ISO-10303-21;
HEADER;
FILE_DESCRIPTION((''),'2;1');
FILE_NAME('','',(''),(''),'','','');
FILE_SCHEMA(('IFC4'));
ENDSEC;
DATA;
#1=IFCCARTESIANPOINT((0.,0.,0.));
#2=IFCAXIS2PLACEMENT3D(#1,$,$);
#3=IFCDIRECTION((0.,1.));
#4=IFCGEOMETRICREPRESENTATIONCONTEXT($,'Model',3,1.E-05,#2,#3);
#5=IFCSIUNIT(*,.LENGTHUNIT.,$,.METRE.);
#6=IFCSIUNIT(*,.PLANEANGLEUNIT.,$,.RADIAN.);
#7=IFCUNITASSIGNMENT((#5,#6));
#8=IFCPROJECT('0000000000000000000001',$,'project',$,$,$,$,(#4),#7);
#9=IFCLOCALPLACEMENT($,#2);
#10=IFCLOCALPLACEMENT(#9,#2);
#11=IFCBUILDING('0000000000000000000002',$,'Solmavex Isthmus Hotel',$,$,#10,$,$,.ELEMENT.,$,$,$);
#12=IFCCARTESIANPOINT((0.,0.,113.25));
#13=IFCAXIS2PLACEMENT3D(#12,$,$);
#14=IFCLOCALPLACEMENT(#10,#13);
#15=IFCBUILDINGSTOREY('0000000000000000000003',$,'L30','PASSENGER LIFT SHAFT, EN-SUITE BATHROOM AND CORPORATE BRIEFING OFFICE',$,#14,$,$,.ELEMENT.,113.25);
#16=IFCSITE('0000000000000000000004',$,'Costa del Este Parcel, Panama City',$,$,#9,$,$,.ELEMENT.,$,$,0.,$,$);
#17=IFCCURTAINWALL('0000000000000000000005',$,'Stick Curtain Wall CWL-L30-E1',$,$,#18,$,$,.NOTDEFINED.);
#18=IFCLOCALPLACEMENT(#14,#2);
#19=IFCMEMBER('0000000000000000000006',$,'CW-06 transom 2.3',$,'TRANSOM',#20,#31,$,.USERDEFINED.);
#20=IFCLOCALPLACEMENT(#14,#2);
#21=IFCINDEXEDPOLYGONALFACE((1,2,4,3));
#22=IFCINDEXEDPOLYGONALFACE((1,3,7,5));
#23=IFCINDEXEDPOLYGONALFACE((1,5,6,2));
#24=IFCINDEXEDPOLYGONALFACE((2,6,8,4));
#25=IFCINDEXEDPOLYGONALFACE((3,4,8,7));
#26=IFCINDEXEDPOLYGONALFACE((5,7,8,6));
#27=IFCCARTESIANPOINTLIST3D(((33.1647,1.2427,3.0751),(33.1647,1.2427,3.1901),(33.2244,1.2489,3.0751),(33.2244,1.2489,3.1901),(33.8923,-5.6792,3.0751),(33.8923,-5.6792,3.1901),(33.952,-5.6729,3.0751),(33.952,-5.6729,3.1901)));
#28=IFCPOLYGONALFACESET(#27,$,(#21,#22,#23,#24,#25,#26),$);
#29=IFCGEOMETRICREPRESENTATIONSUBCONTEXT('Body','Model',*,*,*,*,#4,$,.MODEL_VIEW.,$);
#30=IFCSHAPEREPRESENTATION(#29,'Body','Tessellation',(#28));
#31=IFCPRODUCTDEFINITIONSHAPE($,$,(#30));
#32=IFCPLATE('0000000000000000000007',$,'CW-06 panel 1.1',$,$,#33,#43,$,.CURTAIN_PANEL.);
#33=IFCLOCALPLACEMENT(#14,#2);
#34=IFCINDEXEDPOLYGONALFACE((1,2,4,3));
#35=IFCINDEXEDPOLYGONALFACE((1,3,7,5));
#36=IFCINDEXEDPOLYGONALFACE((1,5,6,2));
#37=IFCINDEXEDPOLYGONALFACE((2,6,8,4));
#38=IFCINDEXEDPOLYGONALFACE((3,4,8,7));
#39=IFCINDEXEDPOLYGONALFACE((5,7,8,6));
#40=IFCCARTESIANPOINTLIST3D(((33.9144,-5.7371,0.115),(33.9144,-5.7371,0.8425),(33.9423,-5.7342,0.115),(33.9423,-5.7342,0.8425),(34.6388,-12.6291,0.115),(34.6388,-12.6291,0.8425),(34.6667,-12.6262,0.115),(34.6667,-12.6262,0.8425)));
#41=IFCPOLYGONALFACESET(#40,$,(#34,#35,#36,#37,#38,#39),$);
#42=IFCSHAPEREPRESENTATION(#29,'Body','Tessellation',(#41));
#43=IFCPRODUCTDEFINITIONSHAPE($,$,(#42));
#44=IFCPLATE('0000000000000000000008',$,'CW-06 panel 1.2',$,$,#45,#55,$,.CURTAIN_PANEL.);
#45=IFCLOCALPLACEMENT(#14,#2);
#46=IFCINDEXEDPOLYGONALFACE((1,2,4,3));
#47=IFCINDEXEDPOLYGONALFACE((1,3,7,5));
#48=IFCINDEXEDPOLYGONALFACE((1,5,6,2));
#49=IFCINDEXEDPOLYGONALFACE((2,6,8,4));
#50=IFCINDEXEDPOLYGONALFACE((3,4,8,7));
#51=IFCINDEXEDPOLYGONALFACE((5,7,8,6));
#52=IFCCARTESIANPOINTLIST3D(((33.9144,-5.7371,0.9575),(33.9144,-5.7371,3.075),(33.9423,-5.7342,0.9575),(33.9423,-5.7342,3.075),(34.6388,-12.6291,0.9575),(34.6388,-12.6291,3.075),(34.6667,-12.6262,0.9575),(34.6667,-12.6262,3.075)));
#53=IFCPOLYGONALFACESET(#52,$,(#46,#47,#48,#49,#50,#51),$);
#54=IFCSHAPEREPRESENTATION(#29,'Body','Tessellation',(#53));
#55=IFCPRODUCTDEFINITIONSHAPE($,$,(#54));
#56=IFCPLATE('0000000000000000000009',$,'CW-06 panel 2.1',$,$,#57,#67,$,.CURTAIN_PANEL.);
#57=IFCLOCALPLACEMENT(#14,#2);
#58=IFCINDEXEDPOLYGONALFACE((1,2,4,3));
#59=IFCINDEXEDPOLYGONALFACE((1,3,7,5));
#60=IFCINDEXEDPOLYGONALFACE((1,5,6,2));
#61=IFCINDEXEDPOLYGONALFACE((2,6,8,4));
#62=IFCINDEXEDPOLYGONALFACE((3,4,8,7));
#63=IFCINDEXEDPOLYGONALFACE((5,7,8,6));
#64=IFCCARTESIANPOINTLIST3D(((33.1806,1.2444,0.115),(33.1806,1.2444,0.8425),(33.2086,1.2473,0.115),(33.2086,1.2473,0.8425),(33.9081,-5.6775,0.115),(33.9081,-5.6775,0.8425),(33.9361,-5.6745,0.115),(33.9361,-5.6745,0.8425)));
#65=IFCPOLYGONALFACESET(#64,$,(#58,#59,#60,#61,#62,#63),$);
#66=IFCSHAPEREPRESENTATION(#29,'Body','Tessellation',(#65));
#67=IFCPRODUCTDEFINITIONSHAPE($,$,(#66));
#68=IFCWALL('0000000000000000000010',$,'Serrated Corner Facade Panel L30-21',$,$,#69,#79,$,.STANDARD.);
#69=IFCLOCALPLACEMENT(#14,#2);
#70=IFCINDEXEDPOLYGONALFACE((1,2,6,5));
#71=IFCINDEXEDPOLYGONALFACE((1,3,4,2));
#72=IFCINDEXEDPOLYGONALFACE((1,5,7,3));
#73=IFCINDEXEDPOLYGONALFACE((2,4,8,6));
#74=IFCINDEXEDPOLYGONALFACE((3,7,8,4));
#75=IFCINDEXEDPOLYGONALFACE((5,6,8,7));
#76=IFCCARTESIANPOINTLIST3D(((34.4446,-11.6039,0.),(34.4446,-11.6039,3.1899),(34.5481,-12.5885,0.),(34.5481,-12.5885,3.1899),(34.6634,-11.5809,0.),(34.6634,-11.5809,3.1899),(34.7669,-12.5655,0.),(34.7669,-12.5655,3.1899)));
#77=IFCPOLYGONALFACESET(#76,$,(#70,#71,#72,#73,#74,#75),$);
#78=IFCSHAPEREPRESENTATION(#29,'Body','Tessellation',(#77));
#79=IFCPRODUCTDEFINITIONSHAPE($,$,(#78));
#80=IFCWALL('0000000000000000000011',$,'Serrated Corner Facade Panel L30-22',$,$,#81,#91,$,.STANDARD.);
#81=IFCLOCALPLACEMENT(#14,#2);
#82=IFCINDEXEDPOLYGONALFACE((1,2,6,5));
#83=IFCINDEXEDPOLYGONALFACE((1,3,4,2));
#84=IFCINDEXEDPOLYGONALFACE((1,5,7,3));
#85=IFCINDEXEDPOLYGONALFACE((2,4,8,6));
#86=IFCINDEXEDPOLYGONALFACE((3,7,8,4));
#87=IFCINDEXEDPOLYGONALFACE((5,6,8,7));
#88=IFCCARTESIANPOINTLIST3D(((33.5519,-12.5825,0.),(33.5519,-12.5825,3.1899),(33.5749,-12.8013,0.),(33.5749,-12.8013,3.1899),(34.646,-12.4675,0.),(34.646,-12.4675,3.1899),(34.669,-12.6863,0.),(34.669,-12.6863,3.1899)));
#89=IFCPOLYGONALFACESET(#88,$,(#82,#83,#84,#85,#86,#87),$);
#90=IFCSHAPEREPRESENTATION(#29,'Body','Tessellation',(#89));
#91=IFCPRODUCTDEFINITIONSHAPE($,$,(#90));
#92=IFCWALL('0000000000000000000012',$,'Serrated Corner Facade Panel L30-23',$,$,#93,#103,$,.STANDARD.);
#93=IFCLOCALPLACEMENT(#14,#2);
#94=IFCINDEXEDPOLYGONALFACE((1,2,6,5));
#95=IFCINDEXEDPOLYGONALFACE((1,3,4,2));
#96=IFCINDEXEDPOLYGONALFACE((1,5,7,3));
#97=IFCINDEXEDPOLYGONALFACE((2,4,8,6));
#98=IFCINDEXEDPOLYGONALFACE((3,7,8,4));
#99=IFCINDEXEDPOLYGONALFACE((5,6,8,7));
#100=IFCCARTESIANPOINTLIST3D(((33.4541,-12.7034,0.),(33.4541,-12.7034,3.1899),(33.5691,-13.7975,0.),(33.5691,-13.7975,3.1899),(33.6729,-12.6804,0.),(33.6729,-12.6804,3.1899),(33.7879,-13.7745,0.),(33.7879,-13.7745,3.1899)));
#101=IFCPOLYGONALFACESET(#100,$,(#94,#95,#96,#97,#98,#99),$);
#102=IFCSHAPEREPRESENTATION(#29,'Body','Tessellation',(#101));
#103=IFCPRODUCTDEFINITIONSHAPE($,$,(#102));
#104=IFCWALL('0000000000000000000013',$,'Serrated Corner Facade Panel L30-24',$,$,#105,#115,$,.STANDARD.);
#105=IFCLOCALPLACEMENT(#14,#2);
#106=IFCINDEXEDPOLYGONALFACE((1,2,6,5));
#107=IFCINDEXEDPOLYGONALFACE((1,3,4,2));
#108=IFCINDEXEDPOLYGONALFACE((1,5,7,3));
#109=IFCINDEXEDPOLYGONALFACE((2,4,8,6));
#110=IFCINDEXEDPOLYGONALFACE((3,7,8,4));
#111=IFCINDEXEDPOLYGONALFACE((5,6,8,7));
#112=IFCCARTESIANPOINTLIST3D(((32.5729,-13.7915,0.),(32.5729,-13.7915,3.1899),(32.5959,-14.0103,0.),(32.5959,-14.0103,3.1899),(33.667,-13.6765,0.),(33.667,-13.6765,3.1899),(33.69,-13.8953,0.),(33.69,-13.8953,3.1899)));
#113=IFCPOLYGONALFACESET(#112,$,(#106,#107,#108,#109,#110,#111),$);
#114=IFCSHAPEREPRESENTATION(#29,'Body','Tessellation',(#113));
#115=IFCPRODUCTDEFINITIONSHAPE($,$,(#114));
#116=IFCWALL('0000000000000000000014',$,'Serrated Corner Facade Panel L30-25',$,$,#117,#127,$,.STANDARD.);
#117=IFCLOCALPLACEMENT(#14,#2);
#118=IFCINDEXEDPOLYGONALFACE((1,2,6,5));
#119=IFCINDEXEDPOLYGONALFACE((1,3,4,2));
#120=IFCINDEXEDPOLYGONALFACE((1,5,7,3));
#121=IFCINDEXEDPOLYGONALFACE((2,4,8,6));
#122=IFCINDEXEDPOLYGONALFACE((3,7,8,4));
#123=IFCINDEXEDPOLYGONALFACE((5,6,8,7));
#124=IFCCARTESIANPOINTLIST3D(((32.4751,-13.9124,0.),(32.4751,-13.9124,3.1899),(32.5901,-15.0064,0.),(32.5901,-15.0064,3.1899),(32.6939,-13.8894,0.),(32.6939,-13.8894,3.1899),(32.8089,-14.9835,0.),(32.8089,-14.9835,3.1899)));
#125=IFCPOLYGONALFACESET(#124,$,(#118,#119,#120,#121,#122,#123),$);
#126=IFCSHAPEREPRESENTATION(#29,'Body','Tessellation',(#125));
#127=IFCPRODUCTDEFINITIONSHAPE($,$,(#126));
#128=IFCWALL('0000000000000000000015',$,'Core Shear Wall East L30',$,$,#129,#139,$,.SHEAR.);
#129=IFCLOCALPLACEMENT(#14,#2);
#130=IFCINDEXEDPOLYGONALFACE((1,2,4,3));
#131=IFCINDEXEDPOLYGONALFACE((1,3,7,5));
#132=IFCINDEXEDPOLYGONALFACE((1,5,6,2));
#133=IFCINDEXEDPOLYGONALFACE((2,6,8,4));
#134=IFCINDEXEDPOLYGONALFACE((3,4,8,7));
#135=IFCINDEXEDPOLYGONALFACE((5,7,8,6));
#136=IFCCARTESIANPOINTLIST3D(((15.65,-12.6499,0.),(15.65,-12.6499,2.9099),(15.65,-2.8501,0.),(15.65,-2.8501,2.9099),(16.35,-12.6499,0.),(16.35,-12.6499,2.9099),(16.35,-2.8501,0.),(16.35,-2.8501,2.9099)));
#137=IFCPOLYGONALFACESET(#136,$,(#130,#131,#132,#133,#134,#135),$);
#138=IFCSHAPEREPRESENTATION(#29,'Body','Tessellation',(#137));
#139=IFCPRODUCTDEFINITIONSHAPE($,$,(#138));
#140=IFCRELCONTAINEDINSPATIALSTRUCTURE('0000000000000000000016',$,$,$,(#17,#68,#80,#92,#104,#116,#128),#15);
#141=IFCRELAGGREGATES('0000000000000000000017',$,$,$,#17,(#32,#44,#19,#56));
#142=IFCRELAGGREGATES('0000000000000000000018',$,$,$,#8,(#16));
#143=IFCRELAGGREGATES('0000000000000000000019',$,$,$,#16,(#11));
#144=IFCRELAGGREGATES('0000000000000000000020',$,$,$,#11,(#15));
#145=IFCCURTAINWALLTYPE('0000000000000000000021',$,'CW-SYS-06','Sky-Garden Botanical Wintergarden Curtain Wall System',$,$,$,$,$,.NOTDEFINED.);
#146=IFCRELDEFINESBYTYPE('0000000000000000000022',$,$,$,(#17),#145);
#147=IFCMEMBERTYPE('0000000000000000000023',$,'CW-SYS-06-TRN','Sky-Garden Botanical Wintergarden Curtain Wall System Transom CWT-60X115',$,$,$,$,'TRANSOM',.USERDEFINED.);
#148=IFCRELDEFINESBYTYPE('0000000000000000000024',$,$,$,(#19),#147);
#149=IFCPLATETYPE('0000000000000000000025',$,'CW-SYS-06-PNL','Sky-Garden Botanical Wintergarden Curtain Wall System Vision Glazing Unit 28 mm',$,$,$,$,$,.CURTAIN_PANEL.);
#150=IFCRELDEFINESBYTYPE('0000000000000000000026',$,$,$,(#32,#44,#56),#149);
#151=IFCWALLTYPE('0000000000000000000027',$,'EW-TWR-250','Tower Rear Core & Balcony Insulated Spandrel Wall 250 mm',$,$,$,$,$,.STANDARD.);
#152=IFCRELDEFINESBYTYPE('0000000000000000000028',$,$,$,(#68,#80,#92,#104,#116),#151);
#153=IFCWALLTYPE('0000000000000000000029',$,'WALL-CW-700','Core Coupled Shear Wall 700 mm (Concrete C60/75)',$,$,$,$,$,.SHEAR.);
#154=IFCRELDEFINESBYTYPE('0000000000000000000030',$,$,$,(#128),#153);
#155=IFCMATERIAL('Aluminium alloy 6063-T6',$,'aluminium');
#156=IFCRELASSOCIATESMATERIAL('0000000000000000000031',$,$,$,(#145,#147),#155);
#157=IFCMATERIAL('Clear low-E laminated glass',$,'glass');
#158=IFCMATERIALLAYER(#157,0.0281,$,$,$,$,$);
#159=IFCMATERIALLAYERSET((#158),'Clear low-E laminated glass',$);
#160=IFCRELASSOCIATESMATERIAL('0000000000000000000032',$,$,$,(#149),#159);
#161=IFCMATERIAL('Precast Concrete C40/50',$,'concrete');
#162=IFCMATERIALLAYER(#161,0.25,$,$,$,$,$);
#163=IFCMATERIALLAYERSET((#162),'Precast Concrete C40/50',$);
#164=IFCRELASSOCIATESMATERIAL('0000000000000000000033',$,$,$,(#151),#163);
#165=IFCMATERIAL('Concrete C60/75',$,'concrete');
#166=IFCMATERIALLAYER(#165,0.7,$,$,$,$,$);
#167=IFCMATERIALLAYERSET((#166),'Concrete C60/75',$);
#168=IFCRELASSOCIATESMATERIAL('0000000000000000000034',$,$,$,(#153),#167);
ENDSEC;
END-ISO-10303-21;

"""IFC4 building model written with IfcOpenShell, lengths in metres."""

from ifc_helpers import new_model, si_unit, direction, frame, frame_2d, origin, origin_2d, place, context, subcontext, project, spatial, rectangle, extrude, material, layer, layer_set, material_profile, profile_set, type_object, element, aggregate, save


model = new_model("IFC4")

# Units and contexts
model_context = context("Model", 3, precision=1e-05, world=origin(), true_north=direction((0.0, 1.0)))
body_context = subcontext(model_context, "Body", "Model", "MODEL_VIEW")
ifc_project = project(units=[si_unit("LENGTHUNIT", "METRE"), si_unit("PLANEANGLEUNIT", "RADIAN")], contexts=[model_context])

# Site, building, storey
site_placement = place(None, origin())
site = spatial("IfcSite", under=ifc_project, at=site_placement, Name="Costa del Este Parcel, Panama City", CompositionType="ELEMENT", RefElevation=0.0)
building_placement = place(site_placement, origin())
building = spatial("IfcBuilding", under=site, at=building_placement, Name="Solmavex Isthmus Hotel", CompositionType="ELEMENT")
storey_placement = place(building_placement, frame((0.0, 0.0, 113.25)))
storey = spatial("IfcBuildingStorey", under=building, at=storey_placement, Name="L30", Description="PASSENGER LIFT SHAFT, EN-SUITE BATHROOM AND CORPORATE BRIEFING OFFICE", CompositionType="ELEMENT", Elevation=113.25)

# Shared definitions
ifc_material_1 = material(Name="Concrete C60/75", Category="concrete")

# Curtain wall, member, plates
ifc_material_2 = material(Name="Aluminium alloy 6063-T6", Category="aluminium")
curtain_wall_type = type_object("IfcCurtainWallType", Name="CW-SYS-06", Description="Sky-Garden Botanical Wintergarden Curtain Wall System", PredefinedType="NOTDEFINED", material=ifc_material_2)
curtain_wall_placement = place(storey_placement, origin())
curtain_wall = element("IfcCurtainWall", 1, at=curtain_wall_placement, inside=storey, type_object=curtain_wall_type, Name="Stick Curtain Wall CWL-L30-E1", PredefinedType="NOTDEFINED")
ifc_material_profile_1 = material_profile(ifc_material_2, rectangle(XDim=0.0601, YDim=0.115, at=origin_2d()), Name="CWT-60X115")
ifc_profile_set_1 = profile_set([ifc_material_profile_1], Name="Aluminium alloy 6063-T6")
member_type_1 = type_object("IfcMemberType", Name="CW-SYS-06-TRN", Description="Sky-Garden Botanical Wintergarden Curtain Wall System Transom CWT-60X115", ElementType="TRANSOM", PredefinedType="USERDEFINED", material=ifc_profile_set_1)
member_1_placement = place(storey_placement, frame((33.9221, -5.676, 3.1326), z_axis=(-0.104531, 0.994522, 0.0), x_axis=(-0.994522, -0.104531, 0.0)))
member_1 = element("IfcMember", 2, at=member_1_placement, type_object=member_type_1, Name="CW-06 transom 2.3", ObjectType="TRANSOM", PredefinedType="USERDEFINED", context=body_context, shape_type="SweptSolid", body=[
    extrude(rectangle(XDim=0.0601, YDim=0.115, at=origin_2d()), origin(), (0.0, 0.0, 1.0), 6.96),
])
ifc_material_3 = material(Name="Clear low-E laminated glass", Category="glass")
ifc_layer_1 = layer(ifc_material_3, 0.0281)
ifc_layer_set_1 = layer_set([ifc_layer_1], Name="Clear low-E laminated glass")
plate_type = type_object("IfcPlateType", Name="CW-SYS-06-PNL", Description="Sky-Garden Botanical Wintergarden Curtain Wall System Vision Glazing Unit 28 mm", PredefinedType="CURTAIN_PANEL", material=ifc_layer_set_1)
plate_1_placement = place(storey_placement, frame((34.2905, -9.1816, 0.115), z_axis=(0.0, 0.0, 1.0), x_axis=(-0.104528, 0.994522, 0.0)))
plate_1 = element("IfcPlate", 3, at=plate_1_placement, type_object=plate_type, Name="CW-06 panel 1.1", PredefinedType="CURTAIN_PANEL", context=body_context, shape_type="SweptSolid", body=[
    extrude(rectangle(XDim=6.9299, YDim=0.0281, at=origin_2d()), origin(), (0.0, 0.0, 1.0), 0.7275),
])
plate_2_placement = place(storey_placement, frame((34.2905, -9.1816, 0.9575), z_axis=(0.0, 0.0, 1.0), x_axis=(-0.104528, 0.994522, 0.0)))
plate_2 = element("IfcPlate", 4, at=plate_2_placement, type_object=plate_type, Name="CW-06 panel 1.2", PredefinedType="CURTAIN_PANEL", context=body_context, shape_type="SweptSolid", body=[
    extrude(rectangle(XDim=6.9299, YDim=0.0281, at=origin_2d()), origin(), (0.0, 0.0, 1.0), 2.1174),
])
plate_3_placement = place(storey_placement, frame((33.5583, -2.2151, 0.115), z_axis=(0.0, 0.0, 1.0), x_axis=(-0.104528, 0.994522, 0.0)))
plate_3 = element("IfcPlate", 5, at=plate_3_placement, type_object=plate_type, Name="CW-06 panel 2.1", PredefinedType="CURTAIN_PANEL", context=body_context, shape_type="SweptSolid", body=[
    extrude(rectangle(XDim=6.96, YDim=0.0281, at=origin_2d()), origin(), (0.0, 0.0, 1.0), 0.7275),
])
aggregate(curtain_wall, [plate_1, plate_2, member_1, plate_3])

# Walls
ifc_material_4 = material(Name="Precast Concrete C40/50", Category="concrete")
ifc_layer_2 = layer(ifc_material_4, 0.25)
ifc_layer_set_2 = layer_set([ifc_layer_2], Name="Precast Concrete C40/50")
wall_type_1 = type_object("IfcWallType", Name="EW-TWR-250", Description="Tower Rear Core & Balcony Insulated Spandrel Wall 250 mm", PredefinedType="STANDARD", material=ifc_layer_set_2)
wall_1_placement = place(storey_placement, frame((34.554, -11.5923, 0.0), z_axis=(0.0, 0.0, 1.0), x_axis=(0.104556, -0.994519, 0.0)))
element("IfcWall", 6, at=wall_1_placement, inside=storey, type_object=wall_type_1, Name="Serrated Corner Facade Panel L30-21", PredefinedType="STANDARD", context=body_context, shape_type="SweptSolid", body=[
    extrude(rectangle(XDim=0.99, YDim=0.22, at=frame_2d((0.4951, 0.0))), origin(), (0.0, 0.0, 1.0), 3.1899),
])
for number, where, z_axis, x_axis, name in (
    (7, (34.6575, -12.5769, 0.0), (0.0, 0.0, 1.0), (-0.994521, -0.104535, 0.0), "Serrated Corner Facade Panel L30-22"),
    (8, (33.5635, -12.6919, 0.0), (0.0, 0.0, 1.0), (0.104535, -0.994521, 0.0), "Serrated Corner Facade Panel L30-23"),
    (9, (33.6785, -13.7859, 0.0), (0.0, 0.0, 1.0), (-0.994521, -0.104535, 0.0), "Serrated Corner Facade Panel L30-24"),
    (10, (32.5845, -13.9009, 0.0), (0.0, 0.0, 1.0), (0.104535, -0.994521, 0.0), "Serrated Corner Facade Panel L30-25"),
):
    element("IfcWall", number, at=place(storey_placement, frame(where, z_axis=z_axis, x_axis=x_axis)), inside=storey, type_object=wall_type_1, Name=name, PredefinedType="STANDARD", context=body_context, shape_type="SweptSolid", body=[
        extrude(rectangle(XDim=1.1001, YDim=0.22, at=frame_2d((0.55, 0.0))), origin(), (0.0, 0.0, 1.0), 3.1899),
    ])
ifc_layer_3 = layer(ifc_material_1, 0.7)
ifc_layer_set_3 = layer_set([ifc_layer_3], Name="Concrete C60/75")
wall_type_2 = type_object("IfcWallType", Name="WALL-CW-700", Description="Core Coupled Shear Wall 700 mm (Concrete C60/75)", PredefinedType="SHEAR", material=ifc_layer_set_3)
wall_2_placement = place(storey_placement, frame((16.0, -12.6499, 0.0), z_axis=(0.0, 0.0, 1.0), x_axis=(0.0, 1.0, 0.0)))
element("IfcWall", 11, at=wall_2_placement, inside=storey, type_object=wall_type_2, Name="Core Shear Wall East L30", PredefinedType="SHEAR", context=body_context, shape_type="SweptSolid", body=[
    extrude(rectangle(XDim=9.7998, YDim=0.7, at=frame_2d((4.8999, 0.0))), origin(), (0.0, 0.0, 1.0), 2.9099),
])

save(model, "model.ifc")
